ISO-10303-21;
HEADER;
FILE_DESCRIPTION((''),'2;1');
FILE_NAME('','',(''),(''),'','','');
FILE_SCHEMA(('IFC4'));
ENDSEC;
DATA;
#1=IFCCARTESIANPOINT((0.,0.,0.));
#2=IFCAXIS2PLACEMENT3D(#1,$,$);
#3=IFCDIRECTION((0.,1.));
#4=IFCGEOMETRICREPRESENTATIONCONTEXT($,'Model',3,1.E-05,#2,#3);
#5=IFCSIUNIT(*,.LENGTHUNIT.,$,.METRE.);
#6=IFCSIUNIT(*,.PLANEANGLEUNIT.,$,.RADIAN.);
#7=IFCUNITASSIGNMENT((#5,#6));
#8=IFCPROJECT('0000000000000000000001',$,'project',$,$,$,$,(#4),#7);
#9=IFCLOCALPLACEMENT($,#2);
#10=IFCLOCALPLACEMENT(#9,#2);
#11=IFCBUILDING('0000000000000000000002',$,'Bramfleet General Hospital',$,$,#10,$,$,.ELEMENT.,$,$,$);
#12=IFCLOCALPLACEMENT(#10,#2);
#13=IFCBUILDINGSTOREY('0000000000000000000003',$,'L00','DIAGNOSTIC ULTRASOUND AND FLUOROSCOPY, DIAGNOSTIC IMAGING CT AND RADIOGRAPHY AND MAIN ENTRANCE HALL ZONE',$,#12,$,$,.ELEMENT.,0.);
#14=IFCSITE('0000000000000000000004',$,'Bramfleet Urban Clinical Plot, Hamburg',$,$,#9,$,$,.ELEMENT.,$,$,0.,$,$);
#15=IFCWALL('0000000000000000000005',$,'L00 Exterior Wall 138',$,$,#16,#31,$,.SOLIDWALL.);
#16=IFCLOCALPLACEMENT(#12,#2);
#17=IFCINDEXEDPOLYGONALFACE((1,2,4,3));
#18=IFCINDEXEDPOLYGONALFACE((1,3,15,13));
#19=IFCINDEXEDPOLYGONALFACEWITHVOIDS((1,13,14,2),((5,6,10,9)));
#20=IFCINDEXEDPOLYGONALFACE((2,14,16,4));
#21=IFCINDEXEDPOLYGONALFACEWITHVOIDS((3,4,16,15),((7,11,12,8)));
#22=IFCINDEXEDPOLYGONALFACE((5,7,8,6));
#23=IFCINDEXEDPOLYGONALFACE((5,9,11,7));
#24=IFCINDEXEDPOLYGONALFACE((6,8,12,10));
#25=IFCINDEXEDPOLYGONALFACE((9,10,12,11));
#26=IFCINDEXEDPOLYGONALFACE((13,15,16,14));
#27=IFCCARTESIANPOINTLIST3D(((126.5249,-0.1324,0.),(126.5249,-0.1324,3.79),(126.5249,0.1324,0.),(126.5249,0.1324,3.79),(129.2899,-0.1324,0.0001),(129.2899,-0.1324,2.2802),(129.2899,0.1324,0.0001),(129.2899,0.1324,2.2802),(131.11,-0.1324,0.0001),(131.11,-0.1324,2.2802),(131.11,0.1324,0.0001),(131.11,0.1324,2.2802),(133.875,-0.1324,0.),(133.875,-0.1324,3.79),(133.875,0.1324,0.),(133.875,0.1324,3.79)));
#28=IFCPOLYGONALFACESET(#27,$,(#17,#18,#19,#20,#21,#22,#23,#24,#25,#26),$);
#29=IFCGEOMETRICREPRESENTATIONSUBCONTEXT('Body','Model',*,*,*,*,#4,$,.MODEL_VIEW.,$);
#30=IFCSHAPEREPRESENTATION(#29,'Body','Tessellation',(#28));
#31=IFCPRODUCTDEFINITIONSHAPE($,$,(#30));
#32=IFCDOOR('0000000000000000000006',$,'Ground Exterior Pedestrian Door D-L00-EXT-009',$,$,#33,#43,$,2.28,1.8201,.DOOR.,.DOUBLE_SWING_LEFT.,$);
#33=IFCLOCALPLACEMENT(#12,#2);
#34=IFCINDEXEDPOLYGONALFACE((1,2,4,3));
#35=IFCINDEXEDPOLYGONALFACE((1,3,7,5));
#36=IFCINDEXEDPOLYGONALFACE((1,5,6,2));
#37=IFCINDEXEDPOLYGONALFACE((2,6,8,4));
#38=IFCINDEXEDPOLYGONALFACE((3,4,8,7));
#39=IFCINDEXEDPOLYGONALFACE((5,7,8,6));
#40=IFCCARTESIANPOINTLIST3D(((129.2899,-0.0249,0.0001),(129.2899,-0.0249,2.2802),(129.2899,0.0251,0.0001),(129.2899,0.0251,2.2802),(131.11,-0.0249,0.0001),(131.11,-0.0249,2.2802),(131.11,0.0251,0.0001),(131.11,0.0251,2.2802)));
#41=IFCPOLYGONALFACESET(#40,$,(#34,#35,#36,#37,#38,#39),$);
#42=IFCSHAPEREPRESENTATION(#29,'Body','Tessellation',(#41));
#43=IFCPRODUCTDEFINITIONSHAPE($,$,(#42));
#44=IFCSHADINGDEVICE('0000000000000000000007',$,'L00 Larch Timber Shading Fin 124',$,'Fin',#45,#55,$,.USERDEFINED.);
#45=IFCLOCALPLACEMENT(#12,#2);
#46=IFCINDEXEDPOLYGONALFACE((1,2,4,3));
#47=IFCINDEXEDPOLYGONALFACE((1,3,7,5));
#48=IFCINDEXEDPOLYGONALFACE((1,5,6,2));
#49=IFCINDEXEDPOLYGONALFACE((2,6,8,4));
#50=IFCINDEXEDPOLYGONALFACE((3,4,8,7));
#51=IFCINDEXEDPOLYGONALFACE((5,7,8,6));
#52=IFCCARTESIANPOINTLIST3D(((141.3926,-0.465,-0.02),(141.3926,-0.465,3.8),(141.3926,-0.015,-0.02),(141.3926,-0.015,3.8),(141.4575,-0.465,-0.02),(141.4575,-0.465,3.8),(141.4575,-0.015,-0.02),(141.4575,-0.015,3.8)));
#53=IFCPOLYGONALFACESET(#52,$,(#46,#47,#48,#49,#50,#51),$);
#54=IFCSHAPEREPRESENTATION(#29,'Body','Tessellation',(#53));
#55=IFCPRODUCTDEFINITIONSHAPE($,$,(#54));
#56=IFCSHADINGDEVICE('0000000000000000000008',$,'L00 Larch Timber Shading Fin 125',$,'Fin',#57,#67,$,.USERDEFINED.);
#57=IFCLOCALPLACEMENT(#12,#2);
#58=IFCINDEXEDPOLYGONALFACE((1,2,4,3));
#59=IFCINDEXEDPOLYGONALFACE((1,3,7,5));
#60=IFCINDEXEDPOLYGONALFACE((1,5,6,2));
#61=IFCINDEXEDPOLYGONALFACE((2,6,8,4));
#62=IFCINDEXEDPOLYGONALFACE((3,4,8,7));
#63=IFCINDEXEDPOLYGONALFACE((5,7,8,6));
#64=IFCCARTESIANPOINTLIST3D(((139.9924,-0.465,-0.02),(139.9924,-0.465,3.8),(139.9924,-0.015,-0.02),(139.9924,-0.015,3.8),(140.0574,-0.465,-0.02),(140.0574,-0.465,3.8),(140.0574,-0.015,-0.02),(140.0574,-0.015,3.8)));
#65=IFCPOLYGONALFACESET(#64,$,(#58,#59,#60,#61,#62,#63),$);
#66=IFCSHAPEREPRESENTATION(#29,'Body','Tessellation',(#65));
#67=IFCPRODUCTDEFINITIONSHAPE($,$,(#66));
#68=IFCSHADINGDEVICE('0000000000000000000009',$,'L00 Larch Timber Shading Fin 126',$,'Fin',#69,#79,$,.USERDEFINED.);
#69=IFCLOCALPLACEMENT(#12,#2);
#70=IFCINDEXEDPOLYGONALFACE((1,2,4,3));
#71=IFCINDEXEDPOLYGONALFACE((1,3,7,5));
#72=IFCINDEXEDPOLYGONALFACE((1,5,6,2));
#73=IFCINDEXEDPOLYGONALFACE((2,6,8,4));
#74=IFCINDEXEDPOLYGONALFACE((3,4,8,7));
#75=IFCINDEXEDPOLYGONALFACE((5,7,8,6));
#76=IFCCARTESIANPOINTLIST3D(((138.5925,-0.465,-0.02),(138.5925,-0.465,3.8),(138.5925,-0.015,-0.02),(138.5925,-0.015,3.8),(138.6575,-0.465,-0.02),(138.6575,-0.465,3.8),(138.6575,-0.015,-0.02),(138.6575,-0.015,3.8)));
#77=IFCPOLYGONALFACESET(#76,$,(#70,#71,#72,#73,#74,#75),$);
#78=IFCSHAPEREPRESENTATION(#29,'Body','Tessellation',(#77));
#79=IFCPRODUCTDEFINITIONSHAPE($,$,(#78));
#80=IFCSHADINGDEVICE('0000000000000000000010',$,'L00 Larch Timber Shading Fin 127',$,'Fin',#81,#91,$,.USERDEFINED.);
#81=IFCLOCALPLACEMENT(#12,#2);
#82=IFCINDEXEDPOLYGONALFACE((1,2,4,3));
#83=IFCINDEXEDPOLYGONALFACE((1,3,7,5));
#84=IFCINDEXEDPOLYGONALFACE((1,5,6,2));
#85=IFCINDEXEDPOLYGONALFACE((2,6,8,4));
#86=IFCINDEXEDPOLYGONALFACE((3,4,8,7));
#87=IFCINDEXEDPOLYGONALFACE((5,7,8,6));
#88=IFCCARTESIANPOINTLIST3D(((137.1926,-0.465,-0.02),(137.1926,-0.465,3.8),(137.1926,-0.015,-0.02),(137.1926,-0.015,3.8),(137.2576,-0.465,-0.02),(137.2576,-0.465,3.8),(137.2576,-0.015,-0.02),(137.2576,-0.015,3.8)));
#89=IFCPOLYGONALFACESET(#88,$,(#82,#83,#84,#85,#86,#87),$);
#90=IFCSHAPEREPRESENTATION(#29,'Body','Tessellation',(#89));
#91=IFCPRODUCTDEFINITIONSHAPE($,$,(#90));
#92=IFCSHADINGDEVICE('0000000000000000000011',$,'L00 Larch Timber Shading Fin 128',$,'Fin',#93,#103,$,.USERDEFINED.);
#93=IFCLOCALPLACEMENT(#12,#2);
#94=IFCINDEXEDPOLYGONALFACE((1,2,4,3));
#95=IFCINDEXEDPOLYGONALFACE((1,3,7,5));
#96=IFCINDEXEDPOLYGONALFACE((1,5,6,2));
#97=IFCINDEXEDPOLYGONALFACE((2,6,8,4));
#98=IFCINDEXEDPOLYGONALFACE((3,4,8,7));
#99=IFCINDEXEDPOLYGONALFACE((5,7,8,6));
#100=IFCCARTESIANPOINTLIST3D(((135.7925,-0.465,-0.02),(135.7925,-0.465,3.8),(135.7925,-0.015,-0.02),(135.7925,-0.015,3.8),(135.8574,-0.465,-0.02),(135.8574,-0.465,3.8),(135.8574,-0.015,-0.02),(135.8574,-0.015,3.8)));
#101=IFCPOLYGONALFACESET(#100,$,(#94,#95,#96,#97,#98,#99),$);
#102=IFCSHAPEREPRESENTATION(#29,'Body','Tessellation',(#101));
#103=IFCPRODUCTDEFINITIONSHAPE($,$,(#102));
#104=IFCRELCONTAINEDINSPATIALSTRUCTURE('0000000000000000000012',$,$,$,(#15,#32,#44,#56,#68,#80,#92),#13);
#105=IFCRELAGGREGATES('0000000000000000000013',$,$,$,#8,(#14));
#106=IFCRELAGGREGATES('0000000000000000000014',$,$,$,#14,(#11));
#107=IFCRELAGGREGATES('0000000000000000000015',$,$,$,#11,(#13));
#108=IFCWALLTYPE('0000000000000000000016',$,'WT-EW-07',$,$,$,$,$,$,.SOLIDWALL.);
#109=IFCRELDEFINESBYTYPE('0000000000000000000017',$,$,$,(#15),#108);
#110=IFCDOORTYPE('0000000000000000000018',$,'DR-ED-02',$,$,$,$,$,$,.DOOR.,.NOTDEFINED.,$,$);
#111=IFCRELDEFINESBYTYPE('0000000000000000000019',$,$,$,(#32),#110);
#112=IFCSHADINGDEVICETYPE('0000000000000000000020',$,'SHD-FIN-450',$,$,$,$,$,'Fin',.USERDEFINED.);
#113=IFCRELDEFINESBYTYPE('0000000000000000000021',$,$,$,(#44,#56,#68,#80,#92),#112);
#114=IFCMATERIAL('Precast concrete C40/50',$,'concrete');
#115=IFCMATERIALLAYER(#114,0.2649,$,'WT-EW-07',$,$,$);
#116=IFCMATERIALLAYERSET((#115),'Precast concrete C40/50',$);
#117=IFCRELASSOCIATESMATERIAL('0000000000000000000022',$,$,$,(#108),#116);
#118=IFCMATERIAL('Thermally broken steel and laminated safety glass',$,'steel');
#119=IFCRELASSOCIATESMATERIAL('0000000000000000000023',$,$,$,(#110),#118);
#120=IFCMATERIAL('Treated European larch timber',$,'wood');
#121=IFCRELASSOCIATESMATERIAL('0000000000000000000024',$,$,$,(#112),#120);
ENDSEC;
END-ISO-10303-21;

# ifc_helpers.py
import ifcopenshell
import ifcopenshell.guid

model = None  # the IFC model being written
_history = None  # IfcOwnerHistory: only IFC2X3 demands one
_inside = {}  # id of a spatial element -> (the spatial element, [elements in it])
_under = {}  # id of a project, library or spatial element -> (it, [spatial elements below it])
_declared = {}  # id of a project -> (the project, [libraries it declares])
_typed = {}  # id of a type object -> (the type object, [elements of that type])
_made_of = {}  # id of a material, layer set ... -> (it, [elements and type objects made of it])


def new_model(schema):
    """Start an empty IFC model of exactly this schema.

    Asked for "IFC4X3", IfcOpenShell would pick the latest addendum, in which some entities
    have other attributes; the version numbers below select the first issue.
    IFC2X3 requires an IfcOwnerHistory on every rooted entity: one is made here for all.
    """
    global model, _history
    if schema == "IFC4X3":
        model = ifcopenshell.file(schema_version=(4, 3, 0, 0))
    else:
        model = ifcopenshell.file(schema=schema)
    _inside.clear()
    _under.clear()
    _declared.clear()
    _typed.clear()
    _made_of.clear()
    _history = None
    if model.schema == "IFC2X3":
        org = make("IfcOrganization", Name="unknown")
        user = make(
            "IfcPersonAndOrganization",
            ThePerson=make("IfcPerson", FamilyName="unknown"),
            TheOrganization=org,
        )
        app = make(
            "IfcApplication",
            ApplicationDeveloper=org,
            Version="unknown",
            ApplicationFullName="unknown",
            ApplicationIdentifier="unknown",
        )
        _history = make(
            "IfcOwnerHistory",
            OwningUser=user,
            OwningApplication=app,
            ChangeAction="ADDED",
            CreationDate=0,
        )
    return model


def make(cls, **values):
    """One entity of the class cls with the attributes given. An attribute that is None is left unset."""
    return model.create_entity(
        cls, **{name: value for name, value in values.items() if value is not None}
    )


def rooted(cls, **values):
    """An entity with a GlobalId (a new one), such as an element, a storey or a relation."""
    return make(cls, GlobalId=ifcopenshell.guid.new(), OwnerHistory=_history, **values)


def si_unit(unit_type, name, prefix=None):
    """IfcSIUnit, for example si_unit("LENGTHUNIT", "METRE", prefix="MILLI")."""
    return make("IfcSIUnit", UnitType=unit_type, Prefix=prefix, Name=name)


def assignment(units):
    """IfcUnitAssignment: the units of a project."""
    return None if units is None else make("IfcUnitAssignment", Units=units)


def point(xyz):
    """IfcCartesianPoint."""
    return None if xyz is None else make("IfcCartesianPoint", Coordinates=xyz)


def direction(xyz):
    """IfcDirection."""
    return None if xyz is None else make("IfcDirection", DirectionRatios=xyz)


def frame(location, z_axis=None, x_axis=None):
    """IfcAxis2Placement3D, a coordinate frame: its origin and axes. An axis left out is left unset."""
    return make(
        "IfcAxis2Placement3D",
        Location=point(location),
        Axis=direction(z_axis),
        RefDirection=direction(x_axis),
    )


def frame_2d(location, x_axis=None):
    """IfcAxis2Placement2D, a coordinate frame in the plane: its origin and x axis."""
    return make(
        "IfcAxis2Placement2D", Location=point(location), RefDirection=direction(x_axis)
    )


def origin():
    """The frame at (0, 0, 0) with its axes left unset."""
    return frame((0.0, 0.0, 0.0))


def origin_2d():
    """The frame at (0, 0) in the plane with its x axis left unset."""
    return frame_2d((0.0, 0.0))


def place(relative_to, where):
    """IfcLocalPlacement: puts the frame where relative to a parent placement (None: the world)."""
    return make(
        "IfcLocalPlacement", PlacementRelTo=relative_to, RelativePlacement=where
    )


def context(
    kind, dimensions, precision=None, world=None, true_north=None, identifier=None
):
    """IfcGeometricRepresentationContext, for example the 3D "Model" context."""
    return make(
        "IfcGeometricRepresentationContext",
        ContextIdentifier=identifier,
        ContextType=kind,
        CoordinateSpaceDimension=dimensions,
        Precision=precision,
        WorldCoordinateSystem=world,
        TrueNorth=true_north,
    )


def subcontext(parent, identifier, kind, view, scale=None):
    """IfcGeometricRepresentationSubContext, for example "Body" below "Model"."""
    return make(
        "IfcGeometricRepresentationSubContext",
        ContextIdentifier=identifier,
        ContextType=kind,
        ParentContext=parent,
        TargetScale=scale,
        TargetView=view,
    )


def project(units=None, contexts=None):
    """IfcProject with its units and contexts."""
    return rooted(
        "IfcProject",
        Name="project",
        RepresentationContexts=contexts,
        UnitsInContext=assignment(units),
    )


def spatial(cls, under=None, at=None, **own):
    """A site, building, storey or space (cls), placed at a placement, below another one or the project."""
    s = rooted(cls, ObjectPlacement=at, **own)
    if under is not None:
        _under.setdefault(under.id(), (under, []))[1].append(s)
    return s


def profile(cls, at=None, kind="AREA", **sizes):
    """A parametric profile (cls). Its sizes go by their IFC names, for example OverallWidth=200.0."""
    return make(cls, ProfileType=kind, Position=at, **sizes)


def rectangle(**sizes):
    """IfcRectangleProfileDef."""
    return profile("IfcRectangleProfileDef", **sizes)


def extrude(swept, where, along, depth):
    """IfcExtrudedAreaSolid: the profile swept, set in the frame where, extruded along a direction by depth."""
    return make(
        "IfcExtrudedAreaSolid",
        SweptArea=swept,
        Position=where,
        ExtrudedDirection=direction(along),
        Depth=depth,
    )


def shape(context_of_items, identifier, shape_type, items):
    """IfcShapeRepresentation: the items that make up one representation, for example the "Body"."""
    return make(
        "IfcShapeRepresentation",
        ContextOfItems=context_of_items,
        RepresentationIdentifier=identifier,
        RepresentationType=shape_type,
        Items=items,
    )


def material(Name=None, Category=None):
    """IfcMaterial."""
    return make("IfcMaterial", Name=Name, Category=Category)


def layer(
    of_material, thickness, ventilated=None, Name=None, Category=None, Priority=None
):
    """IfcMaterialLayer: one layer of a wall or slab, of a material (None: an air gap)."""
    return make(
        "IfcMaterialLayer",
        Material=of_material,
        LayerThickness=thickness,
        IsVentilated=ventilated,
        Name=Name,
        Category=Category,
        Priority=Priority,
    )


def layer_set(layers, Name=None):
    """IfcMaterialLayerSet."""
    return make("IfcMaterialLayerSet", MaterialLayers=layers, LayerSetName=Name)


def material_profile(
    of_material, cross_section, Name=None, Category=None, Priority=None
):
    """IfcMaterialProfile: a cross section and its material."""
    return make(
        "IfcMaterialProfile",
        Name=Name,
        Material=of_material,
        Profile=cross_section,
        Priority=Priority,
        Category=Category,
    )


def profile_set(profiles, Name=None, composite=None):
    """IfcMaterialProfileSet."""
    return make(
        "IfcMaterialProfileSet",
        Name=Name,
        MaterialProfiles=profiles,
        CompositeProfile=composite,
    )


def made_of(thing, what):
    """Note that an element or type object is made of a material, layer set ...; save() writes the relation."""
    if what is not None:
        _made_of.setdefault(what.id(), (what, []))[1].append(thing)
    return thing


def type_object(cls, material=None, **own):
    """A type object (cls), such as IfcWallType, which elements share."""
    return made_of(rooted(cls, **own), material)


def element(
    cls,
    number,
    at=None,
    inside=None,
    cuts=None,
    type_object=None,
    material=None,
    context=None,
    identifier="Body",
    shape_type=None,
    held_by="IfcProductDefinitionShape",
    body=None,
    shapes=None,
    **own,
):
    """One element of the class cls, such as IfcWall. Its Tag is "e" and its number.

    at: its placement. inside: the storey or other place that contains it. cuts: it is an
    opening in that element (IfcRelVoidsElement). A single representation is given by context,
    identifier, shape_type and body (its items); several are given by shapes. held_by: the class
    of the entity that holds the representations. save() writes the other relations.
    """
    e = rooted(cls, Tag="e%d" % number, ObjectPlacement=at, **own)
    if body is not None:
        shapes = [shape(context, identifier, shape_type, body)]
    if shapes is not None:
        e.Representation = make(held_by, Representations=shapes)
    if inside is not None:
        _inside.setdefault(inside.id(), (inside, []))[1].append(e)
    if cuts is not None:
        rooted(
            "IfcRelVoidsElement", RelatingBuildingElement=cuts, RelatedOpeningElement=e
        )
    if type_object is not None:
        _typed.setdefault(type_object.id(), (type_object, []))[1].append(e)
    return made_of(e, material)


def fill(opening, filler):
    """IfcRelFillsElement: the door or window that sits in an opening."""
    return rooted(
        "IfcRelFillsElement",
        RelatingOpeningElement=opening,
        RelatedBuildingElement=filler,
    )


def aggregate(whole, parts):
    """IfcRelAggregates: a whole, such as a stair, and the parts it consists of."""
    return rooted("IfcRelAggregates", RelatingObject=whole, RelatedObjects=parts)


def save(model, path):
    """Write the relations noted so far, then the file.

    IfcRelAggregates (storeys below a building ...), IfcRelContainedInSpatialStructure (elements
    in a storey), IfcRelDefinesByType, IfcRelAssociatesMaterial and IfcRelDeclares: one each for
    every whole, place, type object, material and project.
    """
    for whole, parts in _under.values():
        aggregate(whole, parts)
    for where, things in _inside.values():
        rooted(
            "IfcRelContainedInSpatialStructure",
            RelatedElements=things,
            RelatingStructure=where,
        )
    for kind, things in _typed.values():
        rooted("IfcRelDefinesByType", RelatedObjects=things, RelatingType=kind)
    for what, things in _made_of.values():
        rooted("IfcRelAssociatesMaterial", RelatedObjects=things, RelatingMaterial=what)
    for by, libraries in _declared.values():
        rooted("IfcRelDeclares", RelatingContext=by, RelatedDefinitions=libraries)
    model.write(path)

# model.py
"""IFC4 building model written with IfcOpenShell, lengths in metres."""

from ifc_helpers import new_model, si_unit, direction, frame, frame_2d, origin, origin_2d, place, context, subcontext, project, spatial, rectangle, extrude, material, layer, layer_set, material_profile, profile_set, type_object, element, fill, save


model = new_model("IFC4")

# Units and contexts
model_context = context("Model", 3, precision=1e-05, world=origin(), true_north=direction((0.0, 1.0)))
body_context = subcontext(model_context, "Body", "Model", "MODEL_VIEW")
ifc_project = project(units=[si_unit("LENGTHUNIT", "METRE"), si_unit("PLANEANGLEUNIT", "RADIAN")], contexts=[model_context])

# Site, building, storey
site_placement = place(None, origin())
site = spatial("IfcSite", under=ifc_project, at=site_placement, Name="Bramfleet Urban Clinical Plot, Hamburg", CompositionType="ELEMENT", RefElevation=0.0)
building_placement = place(site_placement, origin())
building = spatial("IfcBuilding", under=site, at=building_placement, Name="Bramfleet General Hospital", CompositionType="ELEMENT")
storey_placement = place(building_placement, origin())
storey = spatial("IfcBuildingStorey", under=building, at=storey_placement, Name="L00", Description="DIAGNOSTIC ULTRASOUND AND FLUOROSCOPY, DIAGNOSTIC IMAGING CT AND RADIOGRAPHY AND MAIN ENTRANCE HALL ZONE", CompositionType="ELEMENT", Elevation=0.0)

# Wall, opening, door
ifc_material_1 = material(Name="Precast concrete C40/50", Category="concrete")
ifc_layer_1 = layer(ifc_material_1, 0.2649, Name="WT-EW-07")
ifc_layer_set_1 = layer_set([ifc_layer_1], Name="Precast concrete C40/50")
wall_type = type_object("IfcWallType", Name="WT-EW-07", PredefinedType="SOLIDWALL", material=ifc_layer_set_1)
wall_placement = place(storey_placement, frame((133.875, 0.0, 0.0), z_axis=(0.0, 0.0, 1.0), x_axis=(-1.0, 0.0, 0.0)))
wall = element("IfcWall", 1, at=wall_placement, inside=storey, type_object=wall_type, Name="L00 Exterior Wall 138", PredefinedType="SOLIDWALL", context=body_context, shape_type="SweptSolid", body=[
    extrude(rectangle(XDim=7.3501, YDim=0.2649, at=frame_2d((3.675, 0.0))), origin(), (0.0, 0.0, 1.0), 3.79),
])
opening_placement = place(wall_placement, frame((2.7649, 0.0, 0.0)))
opening = element("IfcOpeningElement", 2, at=opening_placement, cuts=wall, PredefinedType="OPENING", context=body_context, shape_type="SweptSolid", body=[
    extrude(rectangle(XDim=1.8201, YDim=2.28, at=frame_2d((0.9102, 1.1401))), frame((0.0, 0.1423, 0.0), z_axis=(0.0, -1.0, 0.0), x_axis=(1.0, 0.0, 0.0)), (0.0, 0.0, 1.0), 0.2849),
])
ifc_material_2 = material(Name="Thermally broken steel and laminated safety glass", Category="steel")
door_type = type_object("IfcDoorType", Name="DR-ED-02", OperationType="NOTDEFINED", PredefinedType="DOOR", material=ifc_material_2)
door_placement = place(opening_placement, origin())
door = element("IfcDoor", 3, at=door_placement, inside=storey, type_object=door_type, Name="Ground Exterior Pedestrian Door D-L00-EXT-009", OperationType="DOUBLE_SWING_LEFT", OverallHeight=2.28, OverallWidth=1.8201, PredefinedType="DOOR", context=body_context, shape_type="SweptSolid", body=[
    extrude(rectangle(XDim=1.8201, YDim=2.28, at=frame_2d((0.9102, 1.1401))), frame((0.0, 0.0249, 0.0), z_axis=(0.0, -1.0, 0.0), x_axis=(1.0, 0.0, 0.0)), (0.0, 0.0, 1.0), 0.05),
])
fill(opening, door)

# Shading devices
ifc_material_3 = material(Name="Treated European larch timber", Category="wood")
ifc_material_profile_1 = material_profile(ifc_material_3, rectangle(XDim=0.0649, YDim=0.45, at=origin_2d()), Name="LARCH FIN 450x65")
ifc_profile_set_1 = profile_set([ifc_material_profile_1], Name="Treated European larch timber")
shading_device_type = type_object("IfcShadingDeviceType", Name="SHD-FIN-450", ElementType="Fin", PredefinedType="USERDEFINED", material=ifc_profile_set_1)
for number, where, z_axis, x_axis, name in (
    (4, (141.425, -0.24, -0.02), (0.0, 0.0, 1.0), (-1.0, 0.0, 0.0), "L00 Larch Timber Shading Fin 124"),
    (5, (140.0249, -0.24, -0.02), (0.0, 0.0, 1.0), (-1.0, 0.0, 0.0), "L00 Larch Timber Shading Fin 125"),
    (6, (138.625, -0.24, -0.02), (0.0, 0.0, 1.0), (-1.0, 0.0, 0.0), "L00 Larch Timber Shading Fin 126"),
    (7, (137.2251, -0.24, -0.02), (0.0, 0.0, 1.0), (-1.0, 0.0, 0.0), "L00 Larch Timber Shading Fin 127"),
    (8, (135.825, -0.24, -0.02), (0.0, 0.0, 1.0), (-1.0, 0.0, 0.0), "L00 Larch Timber Shading Fin 128"),
):
    element("IfcShadingDevice", number, at=place(storey_placement, frame(where, z_axis=z_axis, x_axis=x_axis)), inside=storey, type_object=shading_device_type, Name=name, ObjectType="Fin", PredefinedType="USERDEFINED", context=body_context, shape_type="SweptSolid", body=[
        extrude(rectangle(XDim=0.0649, YDim=0.45, at=origin_2d()), origin(), (0.0, 0.0, 1.0), 3.8201),
    ])

save(model, "model.ifc")
